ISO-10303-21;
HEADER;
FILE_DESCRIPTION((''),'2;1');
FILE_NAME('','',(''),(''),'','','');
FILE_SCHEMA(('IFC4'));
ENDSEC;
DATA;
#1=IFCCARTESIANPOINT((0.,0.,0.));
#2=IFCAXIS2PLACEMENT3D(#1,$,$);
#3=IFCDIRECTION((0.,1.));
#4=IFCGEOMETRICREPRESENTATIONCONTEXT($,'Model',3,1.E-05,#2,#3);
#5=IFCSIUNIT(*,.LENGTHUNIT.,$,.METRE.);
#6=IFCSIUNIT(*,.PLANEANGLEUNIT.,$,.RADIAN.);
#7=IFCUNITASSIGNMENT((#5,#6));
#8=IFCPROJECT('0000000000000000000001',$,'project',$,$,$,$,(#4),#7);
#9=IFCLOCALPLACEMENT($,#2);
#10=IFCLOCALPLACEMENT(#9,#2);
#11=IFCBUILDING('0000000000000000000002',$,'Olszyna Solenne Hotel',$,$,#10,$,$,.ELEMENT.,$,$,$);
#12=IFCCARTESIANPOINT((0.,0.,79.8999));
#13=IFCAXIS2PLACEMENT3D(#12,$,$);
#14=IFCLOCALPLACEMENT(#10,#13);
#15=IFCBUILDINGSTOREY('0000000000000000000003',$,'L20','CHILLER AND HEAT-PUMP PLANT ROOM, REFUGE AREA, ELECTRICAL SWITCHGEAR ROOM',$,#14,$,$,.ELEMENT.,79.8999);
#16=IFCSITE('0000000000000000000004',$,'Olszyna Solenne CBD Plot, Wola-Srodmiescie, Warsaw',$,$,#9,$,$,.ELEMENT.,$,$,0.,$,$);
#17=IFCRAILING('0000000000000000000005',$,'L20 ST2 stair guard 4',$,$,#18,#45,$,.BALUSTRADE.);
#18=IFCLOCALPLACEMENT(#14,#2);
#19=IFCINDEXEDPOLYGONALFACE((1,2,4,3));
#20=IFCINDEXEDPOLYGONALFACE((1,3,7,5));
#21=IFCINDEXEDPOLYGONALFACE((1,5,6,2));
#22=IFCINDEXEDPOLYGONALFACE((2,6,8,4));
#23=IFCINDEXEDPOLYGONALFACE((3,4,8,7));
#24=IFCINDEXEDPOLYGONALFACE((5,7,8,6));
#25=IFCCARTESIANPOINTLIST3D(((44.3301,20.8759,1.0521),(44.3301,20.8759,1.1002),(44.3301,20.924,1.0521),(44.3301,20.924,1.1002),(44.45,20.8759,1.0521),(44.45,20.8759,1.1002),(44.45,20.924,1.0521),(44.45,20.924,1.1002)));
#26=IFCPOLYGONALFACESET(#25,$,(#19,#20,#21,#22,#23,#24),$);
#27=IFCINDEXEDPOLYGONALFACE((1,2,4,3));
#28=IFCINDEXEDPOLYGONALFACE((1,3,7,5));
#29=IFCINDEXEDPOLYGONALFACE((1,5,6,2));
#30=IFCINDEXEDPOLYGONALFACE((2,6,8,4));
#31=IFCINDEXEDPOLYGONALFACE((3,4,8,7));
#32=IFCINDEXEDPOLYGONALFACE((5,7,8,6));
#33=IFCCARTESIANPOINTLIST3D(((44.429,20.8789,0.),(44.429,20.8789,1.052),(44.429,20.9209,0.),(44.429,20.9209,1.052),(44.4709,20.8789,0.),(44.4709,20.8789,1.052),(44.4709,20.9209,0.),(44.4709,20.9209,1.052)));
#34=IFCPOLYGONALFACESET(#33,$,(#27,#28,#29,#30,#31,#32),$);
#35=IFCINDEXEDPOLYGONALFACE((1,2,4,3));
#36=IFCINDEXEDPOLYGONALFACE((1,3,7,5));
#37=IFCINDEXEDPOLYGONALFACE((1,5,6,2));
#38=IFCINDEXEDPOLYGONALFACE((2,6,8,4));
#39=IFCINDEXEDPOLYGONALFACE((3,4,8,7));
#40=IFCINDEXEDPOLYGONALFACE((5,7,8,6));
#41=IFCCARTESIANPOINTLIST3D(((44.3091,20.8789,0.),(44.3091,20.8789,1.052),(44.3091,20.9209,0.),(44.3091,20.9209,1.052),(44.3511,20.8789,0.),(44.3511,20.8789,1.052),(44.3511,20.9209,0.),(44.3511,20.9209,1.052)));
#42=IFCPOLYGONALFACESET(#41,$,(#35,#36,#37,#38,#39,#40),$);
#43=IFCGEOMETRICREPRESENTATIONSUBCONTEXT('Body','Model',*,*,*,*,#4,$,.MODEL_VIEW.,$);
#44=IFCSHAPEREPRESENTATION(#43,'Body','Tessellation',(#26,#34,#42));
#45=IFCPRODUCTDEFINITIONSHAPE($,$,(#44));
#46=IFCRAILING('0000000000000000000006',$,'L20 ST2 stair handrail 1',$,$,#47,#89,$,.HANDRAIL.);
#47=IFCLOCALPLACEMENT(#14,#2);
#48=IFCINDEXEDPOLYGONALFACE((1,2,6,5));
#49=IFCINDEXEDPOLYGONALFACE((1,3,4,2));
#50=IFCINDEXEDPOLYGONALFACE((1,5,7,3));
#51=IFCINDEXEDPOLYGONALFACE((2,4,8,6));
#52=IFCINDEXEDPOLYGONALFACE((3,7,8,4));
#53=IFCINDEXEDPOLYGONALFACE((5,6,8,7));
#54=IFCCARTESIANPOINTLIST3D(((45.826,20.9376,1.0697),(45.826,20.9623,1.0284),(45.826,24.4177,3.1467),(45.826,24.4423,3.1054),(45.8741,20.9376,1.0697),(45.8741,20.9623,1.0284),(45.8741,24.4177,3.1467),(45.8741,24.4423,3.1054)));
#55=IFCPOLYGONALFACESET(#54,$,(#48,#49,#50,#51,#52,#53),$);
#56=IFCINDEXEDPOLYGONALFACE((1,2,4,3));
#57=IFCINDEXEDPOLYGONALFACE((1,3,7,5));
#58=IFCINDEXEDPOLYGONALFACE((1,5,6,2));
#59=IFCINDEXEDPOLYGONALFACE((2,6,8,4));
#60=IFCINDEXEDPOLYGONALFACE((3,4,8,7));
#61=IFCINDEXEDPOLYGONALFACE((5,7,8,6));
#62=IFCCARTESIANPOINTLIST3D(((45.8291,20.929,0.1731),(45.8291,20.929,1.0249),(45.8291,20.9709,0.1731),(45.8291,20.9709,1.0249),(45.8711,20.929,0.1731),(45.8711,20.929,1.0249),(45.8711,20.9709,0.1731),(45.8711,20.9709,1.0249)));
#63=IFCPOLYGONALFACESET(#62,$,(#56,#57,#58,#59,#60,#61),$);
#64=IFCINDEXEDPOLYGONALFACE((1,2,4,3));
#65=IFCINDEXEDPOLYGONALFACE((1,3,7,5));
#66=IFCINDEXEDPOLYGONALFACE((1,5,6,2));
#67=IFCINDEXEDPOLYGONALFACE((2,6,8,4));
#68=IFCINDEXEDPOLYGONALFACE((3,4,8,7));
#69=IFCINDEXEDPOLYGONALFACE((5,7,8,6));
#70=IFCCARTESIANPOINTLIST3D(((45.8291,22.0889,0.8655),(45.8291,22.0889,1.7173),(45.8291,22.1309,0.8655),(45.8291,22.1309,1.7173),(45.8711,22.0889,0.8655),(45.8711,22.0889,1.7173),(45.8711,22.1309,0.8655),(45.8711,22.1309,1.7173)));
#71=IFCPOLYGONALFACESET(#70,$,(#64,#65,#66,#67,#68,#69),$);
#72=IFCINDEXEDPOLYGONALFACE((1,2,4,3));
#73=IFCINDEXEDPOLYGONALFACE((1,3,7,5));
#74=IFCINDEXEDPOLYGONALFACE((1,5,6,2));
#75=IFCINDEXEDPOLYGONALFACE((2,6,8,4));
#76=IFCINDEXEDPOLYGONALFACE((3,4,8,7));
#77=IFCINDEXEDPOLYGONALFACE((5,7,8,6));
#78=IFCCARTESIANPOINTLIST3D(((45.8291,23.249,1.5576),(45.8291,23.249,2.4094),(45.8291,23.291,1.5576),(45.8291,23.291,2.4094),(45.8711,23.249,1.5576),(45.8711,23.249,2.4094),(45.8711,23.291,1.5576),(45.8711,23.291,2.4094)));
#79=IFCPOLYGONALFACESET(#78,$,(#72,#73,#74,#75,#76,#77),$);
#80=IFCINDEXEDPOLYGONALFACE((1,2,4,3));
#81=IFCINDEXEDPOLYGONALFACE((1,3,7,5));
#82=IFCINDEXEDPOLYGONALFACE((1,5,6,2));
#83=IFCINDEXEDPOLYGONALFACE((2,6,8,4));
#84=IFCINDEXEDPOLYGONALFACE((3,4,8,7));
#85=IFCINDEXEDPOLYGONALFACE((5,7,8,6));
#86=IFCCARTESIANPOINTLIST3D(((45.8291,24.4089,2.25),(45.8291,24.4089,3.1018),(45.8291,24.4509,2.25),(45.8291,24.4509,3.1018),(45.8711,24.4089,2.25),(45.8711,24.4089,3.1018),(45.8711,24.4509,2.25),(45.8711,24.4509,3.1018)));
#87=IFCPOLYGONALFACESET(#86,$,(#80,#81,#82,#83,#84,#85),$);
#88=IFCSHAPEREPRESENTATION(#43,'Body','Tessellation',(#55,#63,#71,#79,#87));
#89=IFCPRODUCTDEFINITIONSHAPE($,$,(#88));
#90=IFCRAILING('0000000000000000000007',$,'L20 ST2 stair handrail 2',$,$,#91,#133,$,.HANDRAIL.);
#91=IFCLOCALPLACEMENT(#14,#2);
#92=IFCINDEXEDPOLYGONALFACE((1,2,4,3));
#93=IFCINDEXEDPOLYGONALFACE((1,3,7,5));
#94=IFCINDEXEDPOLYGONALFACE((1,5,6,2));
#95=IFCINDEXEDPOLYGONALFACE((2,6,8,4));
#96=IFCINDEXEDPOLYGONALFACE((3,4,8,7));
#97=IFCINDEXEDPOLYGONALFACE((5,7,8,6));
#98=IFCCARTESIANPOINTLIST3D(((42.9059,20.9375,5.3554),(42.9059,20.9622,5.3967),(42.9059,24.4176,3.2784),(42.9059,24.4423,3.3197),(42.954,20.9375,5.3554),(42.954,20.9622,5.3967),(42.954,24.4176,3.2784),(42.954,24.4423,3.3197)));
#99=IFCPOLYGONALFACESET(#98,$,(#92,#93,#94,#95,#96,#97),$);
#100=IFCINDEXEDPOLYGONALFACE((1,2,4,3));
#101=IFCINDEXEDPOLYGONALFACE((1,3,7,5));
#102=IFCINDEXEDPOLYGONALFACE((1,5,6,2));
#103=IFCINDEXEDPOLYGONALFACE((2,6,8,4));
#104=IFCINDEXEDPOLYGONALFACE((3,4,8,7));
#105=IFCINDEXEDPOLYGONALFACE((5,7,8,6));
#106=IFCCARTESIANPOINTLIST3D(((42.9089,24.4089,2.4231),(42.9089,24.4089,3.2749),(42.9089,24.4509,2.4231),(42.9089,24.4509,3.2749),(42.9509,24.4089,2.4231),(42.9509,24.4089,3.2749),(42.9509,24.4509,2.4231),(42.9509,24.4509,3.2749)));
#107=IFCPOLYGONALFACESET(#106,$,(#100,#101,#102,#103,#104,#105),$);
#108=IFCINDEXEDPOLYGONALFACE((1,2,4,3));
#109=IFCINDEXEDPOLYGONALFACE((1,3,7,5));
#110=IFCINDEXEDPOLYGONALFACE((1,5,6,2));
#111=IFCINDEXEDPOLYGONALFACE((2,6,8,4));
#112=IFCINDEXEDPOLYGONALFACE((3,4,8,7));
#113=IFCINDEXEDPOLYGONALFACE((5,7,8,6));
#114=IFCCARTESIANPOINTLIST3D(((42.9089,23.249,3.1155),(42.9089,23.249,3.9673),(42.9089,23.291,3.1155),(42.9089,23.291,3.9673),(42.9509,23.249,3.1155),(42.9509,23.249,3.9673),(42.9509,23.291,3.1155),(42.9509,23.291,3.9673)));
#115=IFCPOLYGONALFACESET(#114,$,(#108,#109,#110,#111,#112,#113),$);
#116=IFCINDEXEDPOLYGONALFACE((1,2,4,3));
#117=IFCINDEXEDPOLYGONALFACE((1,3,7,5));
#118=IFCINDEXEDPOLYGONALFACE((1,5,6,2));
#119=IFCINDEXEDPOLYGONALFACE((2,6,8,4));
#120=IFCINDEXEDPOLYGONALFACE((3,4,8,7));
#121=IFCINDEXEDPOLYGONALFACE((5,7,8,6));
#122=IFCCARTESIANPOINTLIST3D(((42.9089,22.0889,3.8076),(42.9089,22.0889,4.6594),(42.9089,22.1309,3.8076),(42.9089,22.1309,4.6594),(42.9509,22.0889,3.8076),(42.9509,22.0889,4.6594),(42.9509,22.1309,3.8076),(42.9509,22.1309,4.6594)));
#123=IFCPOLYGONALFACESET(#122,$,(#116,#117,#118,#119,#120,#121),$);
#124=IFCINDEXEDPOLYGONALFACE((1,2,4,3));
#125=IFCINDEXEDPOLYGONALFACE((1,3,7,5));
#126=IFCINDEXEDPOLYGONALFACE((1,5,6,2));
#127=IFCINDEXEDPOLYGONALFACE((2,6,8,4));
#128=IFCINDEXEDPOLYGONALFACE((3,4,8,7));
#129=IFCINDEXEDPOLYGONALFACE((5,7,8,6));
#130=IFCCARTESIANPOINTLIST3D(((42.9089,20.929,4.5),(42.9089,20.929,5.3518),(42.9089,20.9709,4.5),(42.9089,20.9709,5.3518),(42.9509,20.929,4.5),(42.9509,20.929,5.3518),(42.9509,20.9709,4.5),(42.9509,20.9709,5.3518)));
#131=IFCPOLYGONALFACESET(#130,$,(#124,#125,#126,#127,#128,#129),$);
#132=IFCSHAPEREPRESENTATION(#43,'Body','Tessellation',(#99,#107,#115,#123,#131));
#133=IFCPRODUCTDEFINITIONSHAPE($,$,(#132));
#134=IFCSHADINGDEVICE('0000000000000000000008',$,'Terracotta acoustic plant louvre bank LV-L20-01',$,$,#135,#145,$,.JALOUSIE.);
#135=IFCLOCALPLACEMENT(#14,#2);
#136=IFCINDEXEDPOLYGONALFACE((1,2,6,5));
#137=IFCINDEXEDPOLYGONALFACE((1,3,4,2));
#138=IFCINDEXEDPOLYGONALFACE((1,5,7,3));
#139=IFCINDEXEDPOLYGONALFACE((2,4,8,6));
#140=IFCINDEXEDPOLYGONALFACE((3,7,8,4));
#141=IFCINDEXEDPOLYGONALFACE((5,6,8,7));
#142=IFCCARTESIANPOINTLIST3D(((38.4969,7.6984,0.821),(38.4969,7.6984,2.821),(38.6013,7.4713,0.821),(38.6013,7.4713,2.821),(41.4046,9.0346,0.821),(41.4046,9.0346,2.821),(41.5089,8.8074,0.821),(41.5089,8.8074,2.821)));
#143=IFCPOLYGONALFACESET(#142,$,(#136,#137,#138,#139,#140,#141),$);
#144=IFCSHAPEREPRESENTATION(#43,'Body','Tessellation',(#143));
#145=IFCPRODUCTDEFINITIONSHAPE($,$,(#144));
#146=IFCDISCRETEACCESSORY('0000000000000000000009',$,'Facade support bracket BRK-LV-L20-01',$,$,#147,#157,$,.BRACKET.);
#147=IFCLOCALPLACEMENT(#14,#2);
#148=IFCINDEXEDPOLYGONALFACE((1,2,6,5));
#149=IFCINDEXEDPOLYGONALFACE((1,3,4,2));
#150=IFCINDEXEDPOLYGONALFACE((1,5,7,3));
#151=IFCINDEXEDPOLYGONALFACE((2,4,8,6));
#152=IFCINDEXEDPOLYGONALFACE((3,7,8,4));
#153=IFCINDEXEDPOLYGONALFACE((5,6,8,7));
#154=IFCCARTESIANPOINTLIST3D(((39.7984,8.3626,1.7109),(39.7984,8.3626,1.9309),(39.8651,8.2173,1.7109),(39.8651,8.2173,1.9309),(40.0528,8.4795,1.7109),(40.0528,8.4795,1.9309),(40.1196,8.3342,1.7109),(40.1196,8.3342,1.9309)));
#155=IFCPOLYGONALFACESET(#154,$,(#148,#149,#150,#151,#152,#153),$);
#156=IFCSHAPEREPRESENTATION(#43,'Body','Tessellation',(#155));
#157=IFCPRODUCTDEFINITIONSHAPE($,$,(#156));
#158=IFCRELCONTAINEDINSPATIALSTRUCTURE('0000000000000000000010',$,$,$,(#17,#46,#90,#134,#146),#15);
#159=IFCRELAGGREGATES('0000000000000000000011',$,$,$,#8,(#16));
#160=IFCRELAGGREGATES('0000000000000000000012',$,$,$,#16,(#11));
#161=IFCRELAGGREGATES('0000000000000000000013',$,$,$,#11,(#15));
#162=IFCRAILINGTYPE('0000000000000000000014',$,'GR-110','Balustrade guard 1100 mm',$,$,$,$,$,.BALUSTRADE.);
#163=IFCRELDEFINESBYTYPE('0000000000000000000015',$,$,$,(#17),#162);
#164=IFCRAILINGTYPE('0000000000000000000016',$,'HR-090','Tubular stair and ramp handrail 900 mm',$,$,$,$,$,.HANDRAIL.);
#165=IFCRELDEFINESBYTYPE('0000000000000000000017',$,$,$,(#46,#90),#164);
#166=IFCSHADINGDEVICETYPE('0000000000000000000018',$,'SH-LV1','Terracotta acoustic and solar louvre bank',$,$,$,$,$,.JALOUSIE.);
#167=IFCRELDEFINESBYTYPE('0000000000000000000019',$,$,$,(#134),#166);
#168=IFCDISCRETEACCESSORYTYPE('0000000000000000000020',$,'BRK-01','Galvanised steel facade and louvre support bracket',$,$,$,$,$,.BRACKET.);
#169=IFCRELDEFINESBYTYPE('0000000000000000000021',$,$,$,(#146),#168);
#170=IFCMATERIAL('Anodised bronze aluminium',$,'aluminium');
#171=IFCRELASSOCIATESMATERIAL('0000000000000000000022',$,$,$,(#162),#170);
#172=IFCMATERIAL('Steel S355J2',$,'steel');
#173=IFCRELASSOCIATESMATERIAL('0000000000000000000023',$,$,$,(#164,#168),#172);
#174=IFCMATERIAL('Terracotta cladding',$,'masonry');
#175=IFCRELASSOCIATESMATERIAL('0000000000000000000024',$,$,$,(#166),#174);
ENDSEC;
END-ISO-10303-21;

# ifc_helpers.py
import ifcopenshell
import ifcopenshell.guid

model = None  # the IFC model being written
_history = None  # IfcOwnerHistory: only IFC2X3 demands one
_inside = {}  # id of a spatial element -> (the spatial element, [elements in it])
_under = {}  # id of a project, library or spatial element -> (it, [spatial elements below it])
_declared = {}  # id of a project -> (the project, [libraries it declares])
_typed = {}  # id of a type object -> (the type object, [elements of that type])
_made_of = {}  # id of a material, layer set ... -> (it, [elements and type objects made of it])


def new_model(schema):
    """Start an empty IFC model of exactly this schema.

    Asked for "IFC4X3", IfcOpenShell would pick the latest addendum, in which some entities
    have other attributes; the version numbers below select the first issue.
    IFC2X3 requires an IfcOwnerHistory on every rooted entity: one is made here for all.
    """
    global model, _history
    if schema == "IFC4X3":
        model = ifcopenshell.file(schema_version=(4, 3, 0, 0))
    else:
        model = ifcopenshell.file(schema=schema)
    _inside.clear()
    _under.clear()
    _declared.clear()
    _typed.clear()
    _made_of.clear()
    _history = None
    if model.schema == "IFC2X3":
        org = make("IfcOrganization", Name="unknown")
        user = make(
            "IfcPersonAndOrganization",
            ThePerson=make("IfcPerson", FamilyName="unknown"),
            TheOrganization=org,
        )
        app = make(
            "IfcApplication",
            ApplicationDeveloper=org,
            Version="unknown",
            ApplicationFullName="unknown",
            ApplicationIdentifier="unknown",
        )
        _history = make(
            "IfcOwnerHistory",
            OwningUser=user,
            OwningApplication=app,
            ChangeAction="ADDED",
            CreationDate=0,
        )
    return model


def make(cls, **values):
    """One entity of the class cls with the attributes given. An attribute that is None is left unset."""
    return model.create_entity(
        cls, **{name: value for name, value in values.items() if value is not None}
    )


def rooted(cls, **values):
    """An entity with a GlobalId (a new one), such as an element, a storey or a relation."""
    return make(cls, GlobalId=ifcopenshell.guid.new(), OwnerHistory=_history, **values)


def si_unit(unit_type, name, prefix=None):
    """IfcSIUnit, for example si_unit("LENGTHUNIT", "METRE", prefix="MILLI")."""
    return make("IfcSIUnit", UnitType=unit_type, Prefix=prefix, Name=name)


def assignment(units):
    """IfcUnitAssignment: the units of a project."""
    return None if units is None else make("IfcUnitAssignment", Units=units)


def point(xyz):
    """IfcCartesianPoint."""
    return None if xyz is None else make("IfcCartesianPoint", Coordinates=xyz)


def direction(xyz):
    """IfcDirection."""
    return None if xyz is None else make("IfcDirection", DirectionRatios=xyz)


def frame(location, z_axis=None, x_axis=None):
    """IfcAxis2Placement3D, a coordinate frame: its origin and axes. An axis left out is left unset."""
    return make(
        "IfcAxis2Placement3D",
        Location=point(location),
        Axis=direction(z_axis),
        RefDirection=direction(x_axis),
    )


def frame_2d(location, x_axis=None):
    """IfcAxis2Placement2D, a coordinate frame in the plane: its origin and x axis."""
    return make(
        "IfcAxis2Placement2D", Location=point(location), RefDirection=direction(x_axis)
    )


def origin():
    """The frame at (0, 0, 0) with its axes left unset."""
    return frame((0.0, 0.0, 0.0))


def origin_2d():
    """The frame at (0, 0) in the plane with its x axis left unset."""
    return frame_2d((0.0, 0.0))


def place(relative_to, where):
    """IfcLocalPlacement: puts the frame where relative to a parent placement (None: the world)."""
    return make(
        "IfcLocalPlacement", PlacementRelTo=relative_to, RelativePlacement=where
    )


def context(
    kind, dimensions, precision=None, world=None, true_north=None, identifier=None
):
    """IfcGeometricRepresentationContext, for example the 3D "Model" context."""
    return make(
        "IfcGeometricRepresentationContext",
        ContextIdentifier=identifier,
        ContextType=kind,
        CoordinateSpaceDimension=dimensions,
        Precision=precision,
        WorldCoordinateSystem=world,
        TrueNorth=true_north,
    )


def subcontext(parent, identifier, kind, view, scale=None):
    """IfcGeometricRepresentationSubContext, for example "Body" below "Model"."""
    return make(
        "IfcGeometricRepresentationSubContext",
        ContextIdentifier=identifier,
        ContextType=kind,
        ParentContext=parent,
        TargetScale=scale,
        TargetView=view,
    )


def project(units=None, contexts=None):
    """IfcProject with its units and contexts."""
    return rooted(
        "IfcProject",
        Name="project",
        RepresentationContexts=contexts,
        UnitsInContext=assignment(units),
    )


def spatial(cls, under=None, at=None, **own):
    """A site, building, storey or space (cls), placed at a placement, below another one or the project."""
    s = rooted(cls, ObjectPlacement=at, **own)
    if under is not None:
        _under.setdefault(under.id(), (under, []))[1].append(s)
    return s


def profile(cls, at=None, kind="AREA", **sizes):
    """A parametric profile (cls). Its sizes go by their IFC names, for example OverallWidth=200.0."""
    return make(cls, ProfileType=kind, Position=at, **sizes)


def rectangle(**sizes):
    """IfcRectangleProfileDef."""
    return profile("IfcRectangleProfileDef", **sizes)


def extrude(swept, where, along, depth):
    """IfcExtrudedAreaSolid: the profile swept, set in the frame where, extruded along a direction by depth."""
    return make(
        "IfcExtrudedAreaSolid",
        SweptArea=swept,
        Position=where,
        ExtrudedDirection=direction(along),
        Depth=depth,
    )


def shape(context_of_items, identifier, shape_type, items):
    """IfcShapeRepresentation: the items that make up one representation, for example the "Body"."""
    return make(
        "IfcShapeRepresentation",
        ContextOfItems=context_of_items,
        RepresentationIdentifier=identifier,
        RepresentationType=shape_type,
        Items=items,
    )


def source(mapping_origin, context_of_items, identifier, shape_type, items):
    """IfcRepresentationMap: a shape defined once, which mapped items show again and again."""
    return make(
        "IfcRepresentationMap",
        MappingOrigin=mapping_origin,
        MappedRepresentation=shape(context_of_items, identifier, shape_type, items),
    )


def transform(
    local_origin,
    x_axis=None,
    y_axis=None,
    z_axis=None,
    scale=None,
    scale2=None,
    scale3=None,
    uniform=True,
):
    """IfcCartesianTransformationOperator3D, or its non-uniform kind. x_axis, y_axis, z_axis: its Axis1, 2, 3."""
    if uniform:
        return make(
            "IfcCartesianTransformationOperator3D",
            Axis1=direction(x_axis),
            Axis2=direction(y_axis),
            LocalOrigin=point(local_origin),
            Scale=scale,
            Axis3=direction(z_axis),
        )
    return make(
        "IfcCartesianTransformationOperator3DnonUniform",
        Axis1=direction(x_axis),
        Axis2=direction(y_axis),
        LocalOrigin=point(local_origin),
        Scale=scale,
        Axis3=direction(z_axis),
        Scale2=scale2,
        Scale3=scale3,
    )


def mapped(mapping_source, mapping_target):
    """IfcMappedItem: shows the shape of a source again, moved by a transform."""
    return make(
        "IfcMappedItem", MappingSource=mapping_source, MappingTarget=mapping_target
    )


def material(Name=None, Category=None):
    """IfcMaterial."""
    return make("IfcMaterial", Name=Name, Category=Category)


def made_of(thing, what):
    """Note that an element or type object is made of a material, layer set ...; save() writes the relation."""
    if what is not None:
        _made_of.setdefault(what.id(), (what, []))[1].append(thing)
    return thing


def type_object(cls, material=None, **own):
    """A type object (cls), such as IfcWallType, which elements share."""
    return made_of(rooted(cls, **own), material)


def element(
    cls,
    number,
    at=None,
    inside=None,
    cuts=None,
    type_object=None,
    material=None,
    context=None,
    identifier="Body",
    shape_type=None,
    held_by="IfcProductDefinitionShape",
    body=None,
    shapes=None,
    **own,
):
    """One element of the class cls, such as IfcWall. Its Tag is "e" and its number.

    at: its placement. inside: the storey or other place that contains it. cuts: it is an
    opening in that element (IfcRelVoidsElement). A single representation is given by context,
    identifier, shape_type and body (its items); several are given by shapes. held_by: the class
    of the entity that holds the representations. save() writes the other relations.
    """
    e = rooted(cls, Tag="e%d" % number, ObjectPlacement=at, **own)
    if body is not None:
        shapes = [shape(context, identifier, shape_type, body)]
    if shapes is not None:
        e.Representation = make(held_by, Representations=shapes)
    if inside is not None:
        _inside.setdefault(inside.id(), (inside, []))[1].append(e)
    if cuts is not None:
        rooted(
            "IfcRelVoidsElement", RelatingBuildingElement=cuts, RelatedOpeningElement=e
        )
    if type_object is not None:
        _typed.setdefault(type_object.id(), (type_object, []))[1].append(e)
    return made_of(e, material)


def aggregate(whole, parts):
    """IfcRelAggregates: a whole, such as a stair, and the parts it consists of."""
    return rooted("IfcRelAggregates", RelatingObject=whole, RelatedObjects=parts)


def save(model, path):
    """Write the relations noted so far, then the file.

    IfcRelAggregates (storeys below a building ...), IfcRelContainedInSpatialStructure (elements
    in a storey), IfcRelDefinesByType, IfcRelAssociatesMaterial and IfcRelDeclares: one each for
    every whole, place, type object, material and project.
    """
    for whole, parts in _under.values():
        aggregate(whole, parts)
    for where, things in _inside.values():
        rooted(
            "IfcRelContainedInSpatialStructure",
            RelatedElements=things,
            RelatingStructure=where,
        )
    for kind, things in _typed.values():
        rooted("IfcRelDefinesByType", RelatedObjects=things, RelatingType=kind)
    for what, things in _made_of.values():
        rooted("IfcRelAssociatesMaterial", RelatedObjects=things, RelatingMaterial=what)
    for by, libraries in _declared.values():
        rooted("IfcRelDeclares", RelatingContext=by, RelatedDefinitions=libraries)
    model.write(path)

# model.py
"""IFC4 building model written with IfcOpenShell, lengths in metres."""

from ifc_helpers import new_model, si_unit, direction, frame, origin, origin_2d, place, context, subcontext, project, spatial, rectangle, extrude, source, transform, mapped, material, type_object, element, save


model = new_model("IFC4")

# Units and contexts
model_context = context("Model", 3, precision=1e-05, world=origin(), true_north=direction((0.0, 1.0)))
body_context = subcontext(model_context, "Body", "Model", "MODEL_VIEW")
ifc_project = project(units=[si_unit("LENGTHUNIT", "METRE"), si_unit("PLANEANGLEUNIT", "RADIAN")], contexts=[model_context])

# Site, building, storey
site_placement = place(None, origin())
site = spatial("IfcSite", under=ifc_project, at=site_placement, Name="Olszyna Solenne CBD Plot, Wola-Srodmiescie, Warsaw", CompositionType="ELEMENT", RefElevation=0.0)
building_placement = place(site_placement, origin())
building = spatial("IfcBuilding", under=site, at=building_placement, Name="Olszyna Solenne Hotel", CompositionType="ELEMENT")
storey_placement = place(building_placement, frame((0.0, 0.0, 79.8999)))
storey = spatial("IfcBuildingStorey", under=building, at=storey_placement, Name="L20", Description="CHILLER AND HEAT-PUMP PLANT ROOM, REFUGE AREA, ELECTRICAL SWITCHGEAR ROOM", CompositionType="ELEMENT", Elevation=79.8999)

# Shared definitions
ifc_material_1 = material(Name="Steel S355J2", Category="steel")

# Railings
ifc_material_2 = material(Name="Anodised bronze aluminium", Category="aluminium")
railing_type_1 = type_object("IfcRailingType", Name="GR-110", Description="Balustrade guard 1100 mm", PredefinedType="BALUSTRADE", material=ifc_material_2)
railing_1_placement = place(storey_placement, frame((44.45, 20.8999, 0.0)))
element("IfcRailing", 1, at=railing_1_placement, inside=storey, type_object=railing_type_1, Name="L20 ST2 stair guard 4", PredefinedType="BALUSTRADE", context=body_context, shape_type="SweptSolid", body=[
    extrude(rectangle(XDim=0.0481, YDim=0.0481, at=origin_2d()), frame((0.0, 0.0, 1.0762), z_axis=(-1.0, 0.0, 0.0), x_axis=(0.0, -1.0, 0.0)), (0.0, 0.0, 1.0), 0.1199),
    extrude(rectangle(XDim=0.042, YDim=0.042, at=origin_2d()), origin(), (0.0, 0.0, 1.0), 1.052),
    extrude(rectangle(XDim=0.042, YDim=0.042, at=origin_2d()), frame((-0.1199, 0.0, 0.0)), (0.0, 0.0, 1.0), 1.052),
])
railing_type_2 = type_object("IfcRailingType", Name="HR-090", Description="Tubular stair and ramp handrail 900 mm", PredefinedType="HANDRAIL", material=ifc_material_1)
railing_2_placement = place(storey_placement, frame((45.8501, 20.95, 0.1731)))
element("IfcRailing", 2, at=railing_2_placement, inside=storey, type_object=railing_type_2, Name="L20 ST2 stair handrail 1", PredefinedType="HANDRAIL", context=body_context, shape_type="SweptSolid", body=[
    extrude(rectangle(XDim=0.0481, YDim=0.0481, at=origin_2d()), frame((0.0, 0.0, 0.876), z_axis=(0.0, 0.858697, 0.512483), x_axis=(-1.0, 0.0, 0.0)), (0.0, 0.0, 1.0), 4.0527),
    extrude(rectangle(XDim=0.042, YDim=0.042, at=origin_2d()), origin(), (0.0, 0.0, 1.0), 0.8518),
    extrude(rectangle(XDim=0.042, YDim=0.042, at=origin_2d()), frame((0.0, 1.1599, 0.6924)), (0.0, 0.0, 1.0), 0.8518),
    extrude(rectangle(XDim=0.042, YDim=0.042, at=origin_2d()), frame((0.0, 2.3201, 1.3845)), (0.0, 0.0, 1.0), 0.8518),
    extrude(rectangle(XDim=0.042, YDim=0.042, at=origin_2d()), frame((0.0, 3.48, 2.0769)), (0.0, 0.0, 1.0), 0.8518),
])
railing_3_placement = place(storey_placement, frame((42.9299, 24.4299, 2.4231)))
element("IfcRailing", 3, at=railing_3_placement, inside=storey, type_object=railing_type_2, Name="L20 ST2 stair handrail 2", PredefinedType="HANDRAIL", context=body_context, shape_type="SweptSolid", body=[
    extrude(rectangle(XDim=0.0481, YDim=0.0481, at=origin_2d()), frame((0.0, 0.0, 0.876), z_axis=(0.0, -0.858697, 0.512483), x_axis=(1.0, 0.0, 0.0)), (0.0, 0.0, 1.0), 4.0527),
    extrude(rectangle(XDim=0.042, YDim=0.042, at=origin_2d()), origin(), (0.0, 0.0, 1.0), 0.8518),
    extrude(rectangle(XDim=0.042, YDim=0.042, at=origin_2d()), frame((0.0, -1.1599, 0.6924)), (0.0, 0.0, 1.0), 0.8518),
    extrude(rectangle(XDim=0.042, YDim=0.042, at=origin_2d()), frame((0.0, -2.3201, 1.3845)), (0.0, 0.0, 1.0), 0.8518),
    extrude(rectangle(XDim=0.042, YDim=0.042, at=origin_2d()), frame((0.0, -3.48, 2.0769)), (0.0, 0.0, 1.0), 0.8518),
])

# Shading device
ifc_material_3 = material(Name="Terracotta cladding", Category="masonry")
shading_device_type = type_object("IfcShadingDeviceType", Name="SH-LV1", Description="Terracotta acoustic and solar louvre bank", PredefinedType="JALOUSIE", material=ifc_material_3)
shared_shape_1 = source(origin(), body_context, "Body", "SweptSolid", [
    extrude(rectangle(XDim=3.2, YDim=0.25, at=origin_2d()), origin(), (0.0, 0.0, 1.0), 2.0),
])
shading_device_placement = place(storey_placement, frame((40.0029, 8.2529, 0.821), z_axis=(0.0, 0.0, 1.0), x_axis=(-0.908654, -0.41755, 0.0)))
element("IfcShadingDevice", 4, at=shading_device_placement, inside=storey, type_object=shading_device_type, Name="Terracotta acoustic plant louvre bank LV-L20-01", PredefinedType="JALOUSIE", context=body_context, shape_type="MappedRepresentation", body=[
    mapped(shared_shape_1, transform((0.0, 0.0, 0.0), x_axis=(1.0, 0.0, 0.0), y_axis=(0.0, 1.0, 0.0), z_axis=(0.0, 0.0, 1.0), scale=1.0)),
])

# Discrete accessory
discrete_accessory_type = type_object("IfcDiscreteAccessoryType", Name="BRK-01", Description="Galvanised steel facade and louvre support bracket", PredefinedType="BRACKET", material=ifc_material_1)
shared_shape_2 = source(origin(), body_context, "Body", "SweptSolid", [
    extrude(rectangle(XDim=0.28, YDim=0.1599, at=origin_2d()), origin(), (0.0, 0.0, 1.0), 0.22),
])
discrete_accessory_placement = place(storey_placement, frame((39.959, 8.3484, 1.7109), z_axis=(0.0, 0.0, 1.0), x_axis=(-0.908654, -0.41755, 0.0)))
element("IfcDiscreteAccessory", 5, at=discrete_accessory_placement, inside=storey, type_object=discrete_accessory_type, Name="Facade support bracket BRK-LV-L20-01", PredefinedType="BRACKET", context=body_context, shape_type="MappedRepresentation", body=[
    mapped(shared_shape_2, transform((0.0, 0.0, 0.0), x_axis=(1.0, 0.0, 0.0), y_axis=(0.0, 1.0, 0.0), z_axis=(0.0, 0.0, 1.0), scale=1.0)),
])

save(model, "model.ifc")
